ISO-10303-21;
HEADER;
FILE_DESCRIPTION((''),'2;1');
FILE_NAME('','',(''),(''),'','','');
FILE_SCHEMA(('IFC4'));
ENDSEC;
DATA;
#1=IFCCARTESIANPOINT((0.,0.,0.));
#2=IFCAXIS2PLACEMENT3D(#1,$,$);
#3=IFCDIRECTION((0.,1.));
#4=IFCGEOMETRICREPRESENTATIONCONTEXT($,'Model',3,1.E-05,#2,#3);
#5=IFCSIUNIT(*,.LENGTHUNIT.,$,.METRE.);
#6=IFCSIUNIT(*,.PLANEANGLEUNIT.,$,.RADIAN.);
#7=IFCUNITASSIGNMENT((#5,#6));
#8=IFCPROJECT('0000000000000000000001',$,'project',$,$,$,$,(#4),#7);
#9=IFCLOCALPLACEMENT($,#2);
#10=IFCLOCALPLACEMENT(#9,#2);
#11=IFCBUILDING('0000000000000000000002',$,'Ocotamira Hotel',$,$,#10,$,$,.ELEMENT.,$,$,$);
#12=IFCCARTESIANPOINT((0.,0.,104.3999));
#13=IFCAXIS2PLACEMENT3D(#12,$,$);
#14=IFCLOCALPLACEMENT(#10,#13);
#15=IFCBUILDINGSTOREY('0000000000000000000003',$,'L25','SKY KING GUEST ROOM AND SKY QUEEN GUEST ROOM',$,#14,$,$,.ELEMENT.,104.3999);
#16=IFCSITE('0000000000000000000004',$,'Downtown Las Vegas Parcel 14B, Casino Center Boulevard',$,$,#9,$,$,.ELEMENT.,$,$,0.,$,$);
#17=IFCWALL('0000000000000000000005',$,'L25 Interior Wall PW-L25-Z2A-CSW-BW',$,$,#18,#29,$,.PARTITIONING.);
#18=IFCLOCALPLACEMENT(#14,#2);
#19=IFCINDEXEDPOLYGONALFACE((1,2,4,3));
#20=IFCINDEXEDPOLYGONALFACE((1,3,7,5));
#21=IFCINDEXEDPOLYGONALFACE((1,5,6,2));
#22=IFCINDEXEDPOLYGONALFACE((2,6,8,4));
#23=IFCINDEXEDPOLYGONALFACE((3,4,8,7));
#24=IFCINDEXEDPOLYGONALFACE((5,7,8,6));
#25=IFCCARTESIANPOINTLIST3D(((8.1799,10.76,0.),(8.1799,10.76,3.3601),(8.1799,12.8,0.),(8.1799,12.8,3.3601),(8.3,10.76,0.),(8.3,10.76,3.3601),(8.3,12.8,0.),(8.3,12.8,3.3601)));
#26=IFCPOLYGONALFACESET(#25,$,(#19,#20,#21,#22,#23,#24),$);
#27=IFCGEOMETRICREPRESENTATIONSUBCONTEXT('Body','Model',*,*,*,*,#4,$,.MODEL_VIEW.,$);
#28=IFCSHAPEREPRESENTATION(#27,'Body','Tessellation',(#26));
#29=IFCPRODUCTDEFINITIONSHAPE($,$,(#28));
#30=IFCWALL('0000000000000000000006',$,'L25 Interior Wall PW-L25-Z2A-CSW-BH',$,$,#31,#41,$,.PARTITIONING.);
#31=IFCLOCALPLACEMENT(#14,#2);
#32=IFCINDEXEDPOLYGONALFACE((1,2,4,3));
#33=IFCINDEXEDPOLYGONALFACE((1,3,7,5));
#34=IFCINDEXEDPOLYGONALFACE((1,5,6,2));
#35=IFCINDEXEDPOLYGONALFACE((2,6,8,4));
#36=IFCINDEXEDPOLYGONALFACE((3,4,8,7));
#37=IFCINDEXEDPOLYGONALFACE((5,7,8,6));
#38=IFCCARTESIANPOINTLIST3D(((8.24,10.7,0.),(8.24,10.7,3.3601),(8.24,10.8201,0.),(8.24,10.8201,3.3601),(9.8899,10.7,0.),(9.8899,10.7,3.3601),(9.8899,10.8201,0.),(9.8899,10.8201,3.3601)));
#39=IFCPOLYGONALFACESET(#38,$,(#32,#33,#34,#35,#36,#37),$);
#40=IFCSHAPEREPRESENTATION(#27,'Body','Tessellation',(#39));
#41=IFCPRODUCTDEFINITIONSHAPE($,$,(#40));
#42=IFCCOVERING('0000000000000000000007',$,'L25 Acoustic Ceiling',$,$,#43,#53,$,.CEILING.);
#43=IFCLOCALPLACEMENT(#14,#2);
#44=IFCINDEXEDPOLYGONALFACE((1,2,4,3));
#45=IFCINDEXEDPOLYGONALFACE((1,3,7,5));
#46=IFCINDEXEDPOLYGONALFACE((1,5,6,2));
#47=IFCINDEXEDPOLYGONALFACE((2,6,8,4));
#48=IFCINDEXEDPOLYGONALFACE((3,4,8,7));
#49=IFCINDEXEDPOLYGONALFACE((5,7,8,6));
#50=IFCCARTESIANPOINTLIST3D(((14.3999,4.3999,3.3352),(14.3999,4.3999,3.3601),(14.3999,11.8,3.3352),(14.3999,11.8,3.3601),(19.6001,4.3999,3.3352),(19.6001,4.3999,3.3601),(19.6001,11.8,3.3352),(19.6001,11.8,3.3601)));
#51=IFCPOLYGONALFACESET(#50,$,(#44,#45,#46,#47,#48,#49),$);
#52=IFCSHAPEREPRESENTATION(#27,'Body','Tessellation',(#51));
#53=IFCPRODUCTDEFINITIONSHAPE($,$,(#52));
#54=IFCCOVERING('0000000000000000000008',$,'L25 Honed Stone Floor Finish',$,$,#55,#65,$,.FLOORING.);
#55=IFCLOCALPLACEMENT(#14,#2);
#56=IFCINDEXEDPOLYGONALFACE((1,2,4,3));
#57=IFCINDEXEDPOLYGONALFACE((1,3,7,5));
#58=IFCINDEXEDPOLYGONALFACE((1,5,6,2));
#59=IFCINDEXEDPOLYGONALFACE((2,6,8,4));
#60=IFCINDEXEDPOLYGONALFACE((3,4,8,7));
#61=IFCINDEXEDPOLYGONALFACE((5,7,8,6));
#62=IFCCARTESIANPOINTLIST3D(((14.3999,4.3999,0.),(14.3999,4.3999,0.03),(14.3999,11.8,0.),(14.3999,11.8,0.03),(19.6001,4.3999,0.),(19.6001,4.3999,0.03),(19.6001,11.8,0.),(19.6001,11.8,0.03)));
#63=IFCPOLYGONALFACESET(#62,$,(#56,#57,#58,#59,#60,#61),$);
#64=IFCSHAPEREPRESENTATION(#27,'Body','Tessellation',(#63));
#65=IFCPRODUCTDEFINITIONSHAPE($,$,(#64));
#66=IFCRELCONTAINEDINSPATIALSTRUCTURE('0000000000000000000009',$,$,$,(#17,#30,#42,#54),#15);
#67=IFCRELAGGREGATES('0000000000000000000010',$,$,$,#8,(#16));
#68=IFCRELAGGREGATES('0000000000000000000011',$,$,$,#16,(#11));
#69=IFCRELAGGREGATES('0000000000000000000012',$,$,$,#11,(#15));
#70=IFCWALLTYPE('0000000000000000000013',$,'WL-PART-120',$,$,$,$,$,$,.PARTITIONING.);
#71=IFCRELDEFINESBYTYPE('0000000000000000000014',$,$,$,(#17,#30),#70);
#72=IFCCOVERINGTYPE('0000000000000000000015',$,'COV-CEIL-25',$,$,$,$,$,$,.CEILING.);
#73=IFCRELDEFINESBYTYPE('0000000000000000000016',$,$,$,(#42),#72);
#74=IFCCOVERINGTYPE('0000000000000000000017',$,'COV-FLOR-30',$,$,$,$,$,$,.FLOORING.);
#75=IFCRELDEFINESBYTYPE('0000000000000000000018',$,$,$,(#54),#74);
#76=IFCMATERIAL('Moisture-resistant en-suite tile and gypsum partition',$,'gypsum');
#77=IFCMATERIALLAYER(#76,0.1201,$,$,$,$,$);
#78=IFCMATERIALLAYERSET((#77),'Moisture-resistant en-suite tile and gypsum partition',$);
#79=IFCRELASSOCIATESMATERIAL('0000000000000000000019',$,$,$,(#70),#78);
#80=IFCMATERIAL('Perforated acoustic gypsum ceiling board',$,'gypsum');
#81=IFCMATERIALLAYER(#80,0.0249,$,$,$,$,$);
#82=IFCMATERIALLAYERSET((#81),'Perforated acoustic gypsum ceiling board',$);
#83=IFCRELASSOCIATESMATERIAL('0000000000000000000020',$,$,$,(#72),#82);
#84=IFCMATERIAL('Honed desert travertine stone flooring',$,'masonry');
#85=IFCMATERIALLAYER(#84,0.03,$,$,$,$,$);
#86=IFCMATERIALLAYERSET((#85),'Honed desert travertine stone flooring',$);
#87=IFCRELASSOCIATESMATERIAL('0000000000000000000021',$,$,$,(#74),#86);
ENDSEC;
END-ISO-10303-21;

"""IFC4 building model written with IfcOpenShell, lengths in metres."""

from ifc_helpers import new_model, si_unit, direction, frame, frame_2d, origin, place, context, subcontext, project, spatial, polyline, rectangle, outline, extrude, material, layer, layer_set, type_object, element, save


model = new_model("IFC4")

# Units and contexts
model_context = context("Model", 3, precision=1e-05, world=origin(), true_north=direction((0.0, 1.0)))
body_context = subcontext(model_context, "Body", "Model", "MODEL_VIEW")
ifc_project = project(units=[si_unit("LENGTHUNIT", "METRE"), si_unit("PLANEANGLEUNIT", "RADIAN")], contexts=[model_context])

# Site, building, storey
site_placement = place(None, origin())
site = spatial("IfcSite", under=ifc_project, at=site_placement, Name="Downtown Las Vegas Parcel 14B, Casino Center Boulevard", CompositionType="ELEMENT", RefElevation=0.0)
building_placement = place(site_placement, origin())
building = spatial("IfcBuilding", under=site, at=building_placement, Name="Ocotamira Hotel", CompositionType="ELEMENT")
storey_placement = place(building_placement, frame((0.0, 0.0, 104.3999)))
storey = spatial("IfcBuildingStorey", under=building, at=storey_placement, Name="L25", Description="SKY KING GUEST ROOM AND SKY QUEEN GUEST ROOM", CompositionType="ELEMENT", Elevation=104.3999)

# Walls
ifc_material_1 = material(Name="Moisture-resistant en-suite tile and gypsum partition", Category="gypsum")
ifc_layer_1 = layer(ifc_material_1, 0.1201)
ifc_layer_set_1 = layer_set([ifc_layer_1], Name="Moisture-resistant en-suite tile and gypsum partition")
wall_type_1 = type_object("IfcWallType", Name="WL-PART-120", PredefinedType="PARTITIONING", material=ifc_layer_set_1)
wall_1_placement = place(storey_placement, frame((8.24, 10.76, 0.0), z_axis=(0.0, 0.0, 1.0), x_axis=(0.0, 1.0, 0.0)))
element("IfcWall", 1, at=wall_1_placement, inside=storey, type_object=wall_type_1, Name="L25 Interior Wall PW-L25-Z2A-CSW-BW", PredefinedType="PARTITIONING", context=body_context, shape_type="SweptSolid", body=[
    extrude(rectangle(XDim=2.04, YDim=0.1201, at=frame_2d((1.02, 0.0))), origin(), (0.0, 0.0, 1.0), 3.3601),
])
wall_2_placement = place(storey_placement, frame((8.24, 10.76, 0.0), z_axis=(0.0, 0.0, 1.0), x_axis=(1.0, 0.0, 0.0)))
element("IfcWall", 2, at=wall_2_placement, inside=storey, type_object=wall_type_1, Name="L25 Interior Wall PW-L25-Z2A-CSW-BH", PredefinedType="PARTITIONING", context=body_context, shape_type="SweptSolid", body=[
    extrude(rectangle(XDim=1.6499, YDim=0.1201, at=frame_2d((0.825, 0.0))), origin(), (0.0, 0.0, 1.0), 3.3601),
])

# Coverings
ifc_material_2 = material(Name="Perforated acoustic gypsum ceiling board", Category="gypsum")
ifc_layer_2 = layer(ifc_material_2, 0.0249)
ifc_layer_set_2 = layer_set([ifc_layer_2], Name="Perforated acoustic gypsum ceiling board")
covering_type_1 = type_object("IfcCoveringType", Name="COV-CEIL-25", PredefinedType="CEILING", material=ifc_layer_set_2)
covering_1_placement = place(storey_placement, frame((0.0, 0.0, 3.3352)))
element("IfcCovering", 3, at=covering_1_placement, inside=storey, type_object=covering_type_1, Name="L25 Acoustic Ceiling", PredefinedType="CEILING", context=body_context, shape_type="SweptSolid", body=[
    extrude(outline(polyline([(14.3999, 4.3999), (19.6001, 4.3999), (19.6001, 11.8), (14.3999, 11.8), (14.3999, 4.3999)])), origin(), (0.0, 0.0, 1.0), 0.0249),
])
ifc_material_3 = material(Name="Honed desert travertine stone flooring", Category="masonry")
ifc_layer_3 = layer(ifc_material_3, 0.03)
ifc_layer_set_3 = layer_set([ifc_layer_3], Name="Honed desert travertine stone flooring")
covering_type_2 = type_object("IfcCoveringType", Name="COV-FLOR-30", PredefinedType="FLOORING", material=ifc_layer_set_3)
covering_2_placement = place(storey_placement, origin())
element("IfcCovering", 4, at=covering_2_placement, inside=storey, type_object=covering_type_2, Name="L25 Honed Stone Floor Finish", PredefinedType="FLOORING", context=body_context, shape_type="SweptSolid", body=[
    extrude(outline(polyline([(14.3999, 4.3999), (19.6001, 4.3999), (19.6001, 11.8), (14.3999, 11.8), (14.3999, 4.3999)])), origin(), (0.0, 0.0, 1.0), 0.03),
])

save(model, "model.ifc")
